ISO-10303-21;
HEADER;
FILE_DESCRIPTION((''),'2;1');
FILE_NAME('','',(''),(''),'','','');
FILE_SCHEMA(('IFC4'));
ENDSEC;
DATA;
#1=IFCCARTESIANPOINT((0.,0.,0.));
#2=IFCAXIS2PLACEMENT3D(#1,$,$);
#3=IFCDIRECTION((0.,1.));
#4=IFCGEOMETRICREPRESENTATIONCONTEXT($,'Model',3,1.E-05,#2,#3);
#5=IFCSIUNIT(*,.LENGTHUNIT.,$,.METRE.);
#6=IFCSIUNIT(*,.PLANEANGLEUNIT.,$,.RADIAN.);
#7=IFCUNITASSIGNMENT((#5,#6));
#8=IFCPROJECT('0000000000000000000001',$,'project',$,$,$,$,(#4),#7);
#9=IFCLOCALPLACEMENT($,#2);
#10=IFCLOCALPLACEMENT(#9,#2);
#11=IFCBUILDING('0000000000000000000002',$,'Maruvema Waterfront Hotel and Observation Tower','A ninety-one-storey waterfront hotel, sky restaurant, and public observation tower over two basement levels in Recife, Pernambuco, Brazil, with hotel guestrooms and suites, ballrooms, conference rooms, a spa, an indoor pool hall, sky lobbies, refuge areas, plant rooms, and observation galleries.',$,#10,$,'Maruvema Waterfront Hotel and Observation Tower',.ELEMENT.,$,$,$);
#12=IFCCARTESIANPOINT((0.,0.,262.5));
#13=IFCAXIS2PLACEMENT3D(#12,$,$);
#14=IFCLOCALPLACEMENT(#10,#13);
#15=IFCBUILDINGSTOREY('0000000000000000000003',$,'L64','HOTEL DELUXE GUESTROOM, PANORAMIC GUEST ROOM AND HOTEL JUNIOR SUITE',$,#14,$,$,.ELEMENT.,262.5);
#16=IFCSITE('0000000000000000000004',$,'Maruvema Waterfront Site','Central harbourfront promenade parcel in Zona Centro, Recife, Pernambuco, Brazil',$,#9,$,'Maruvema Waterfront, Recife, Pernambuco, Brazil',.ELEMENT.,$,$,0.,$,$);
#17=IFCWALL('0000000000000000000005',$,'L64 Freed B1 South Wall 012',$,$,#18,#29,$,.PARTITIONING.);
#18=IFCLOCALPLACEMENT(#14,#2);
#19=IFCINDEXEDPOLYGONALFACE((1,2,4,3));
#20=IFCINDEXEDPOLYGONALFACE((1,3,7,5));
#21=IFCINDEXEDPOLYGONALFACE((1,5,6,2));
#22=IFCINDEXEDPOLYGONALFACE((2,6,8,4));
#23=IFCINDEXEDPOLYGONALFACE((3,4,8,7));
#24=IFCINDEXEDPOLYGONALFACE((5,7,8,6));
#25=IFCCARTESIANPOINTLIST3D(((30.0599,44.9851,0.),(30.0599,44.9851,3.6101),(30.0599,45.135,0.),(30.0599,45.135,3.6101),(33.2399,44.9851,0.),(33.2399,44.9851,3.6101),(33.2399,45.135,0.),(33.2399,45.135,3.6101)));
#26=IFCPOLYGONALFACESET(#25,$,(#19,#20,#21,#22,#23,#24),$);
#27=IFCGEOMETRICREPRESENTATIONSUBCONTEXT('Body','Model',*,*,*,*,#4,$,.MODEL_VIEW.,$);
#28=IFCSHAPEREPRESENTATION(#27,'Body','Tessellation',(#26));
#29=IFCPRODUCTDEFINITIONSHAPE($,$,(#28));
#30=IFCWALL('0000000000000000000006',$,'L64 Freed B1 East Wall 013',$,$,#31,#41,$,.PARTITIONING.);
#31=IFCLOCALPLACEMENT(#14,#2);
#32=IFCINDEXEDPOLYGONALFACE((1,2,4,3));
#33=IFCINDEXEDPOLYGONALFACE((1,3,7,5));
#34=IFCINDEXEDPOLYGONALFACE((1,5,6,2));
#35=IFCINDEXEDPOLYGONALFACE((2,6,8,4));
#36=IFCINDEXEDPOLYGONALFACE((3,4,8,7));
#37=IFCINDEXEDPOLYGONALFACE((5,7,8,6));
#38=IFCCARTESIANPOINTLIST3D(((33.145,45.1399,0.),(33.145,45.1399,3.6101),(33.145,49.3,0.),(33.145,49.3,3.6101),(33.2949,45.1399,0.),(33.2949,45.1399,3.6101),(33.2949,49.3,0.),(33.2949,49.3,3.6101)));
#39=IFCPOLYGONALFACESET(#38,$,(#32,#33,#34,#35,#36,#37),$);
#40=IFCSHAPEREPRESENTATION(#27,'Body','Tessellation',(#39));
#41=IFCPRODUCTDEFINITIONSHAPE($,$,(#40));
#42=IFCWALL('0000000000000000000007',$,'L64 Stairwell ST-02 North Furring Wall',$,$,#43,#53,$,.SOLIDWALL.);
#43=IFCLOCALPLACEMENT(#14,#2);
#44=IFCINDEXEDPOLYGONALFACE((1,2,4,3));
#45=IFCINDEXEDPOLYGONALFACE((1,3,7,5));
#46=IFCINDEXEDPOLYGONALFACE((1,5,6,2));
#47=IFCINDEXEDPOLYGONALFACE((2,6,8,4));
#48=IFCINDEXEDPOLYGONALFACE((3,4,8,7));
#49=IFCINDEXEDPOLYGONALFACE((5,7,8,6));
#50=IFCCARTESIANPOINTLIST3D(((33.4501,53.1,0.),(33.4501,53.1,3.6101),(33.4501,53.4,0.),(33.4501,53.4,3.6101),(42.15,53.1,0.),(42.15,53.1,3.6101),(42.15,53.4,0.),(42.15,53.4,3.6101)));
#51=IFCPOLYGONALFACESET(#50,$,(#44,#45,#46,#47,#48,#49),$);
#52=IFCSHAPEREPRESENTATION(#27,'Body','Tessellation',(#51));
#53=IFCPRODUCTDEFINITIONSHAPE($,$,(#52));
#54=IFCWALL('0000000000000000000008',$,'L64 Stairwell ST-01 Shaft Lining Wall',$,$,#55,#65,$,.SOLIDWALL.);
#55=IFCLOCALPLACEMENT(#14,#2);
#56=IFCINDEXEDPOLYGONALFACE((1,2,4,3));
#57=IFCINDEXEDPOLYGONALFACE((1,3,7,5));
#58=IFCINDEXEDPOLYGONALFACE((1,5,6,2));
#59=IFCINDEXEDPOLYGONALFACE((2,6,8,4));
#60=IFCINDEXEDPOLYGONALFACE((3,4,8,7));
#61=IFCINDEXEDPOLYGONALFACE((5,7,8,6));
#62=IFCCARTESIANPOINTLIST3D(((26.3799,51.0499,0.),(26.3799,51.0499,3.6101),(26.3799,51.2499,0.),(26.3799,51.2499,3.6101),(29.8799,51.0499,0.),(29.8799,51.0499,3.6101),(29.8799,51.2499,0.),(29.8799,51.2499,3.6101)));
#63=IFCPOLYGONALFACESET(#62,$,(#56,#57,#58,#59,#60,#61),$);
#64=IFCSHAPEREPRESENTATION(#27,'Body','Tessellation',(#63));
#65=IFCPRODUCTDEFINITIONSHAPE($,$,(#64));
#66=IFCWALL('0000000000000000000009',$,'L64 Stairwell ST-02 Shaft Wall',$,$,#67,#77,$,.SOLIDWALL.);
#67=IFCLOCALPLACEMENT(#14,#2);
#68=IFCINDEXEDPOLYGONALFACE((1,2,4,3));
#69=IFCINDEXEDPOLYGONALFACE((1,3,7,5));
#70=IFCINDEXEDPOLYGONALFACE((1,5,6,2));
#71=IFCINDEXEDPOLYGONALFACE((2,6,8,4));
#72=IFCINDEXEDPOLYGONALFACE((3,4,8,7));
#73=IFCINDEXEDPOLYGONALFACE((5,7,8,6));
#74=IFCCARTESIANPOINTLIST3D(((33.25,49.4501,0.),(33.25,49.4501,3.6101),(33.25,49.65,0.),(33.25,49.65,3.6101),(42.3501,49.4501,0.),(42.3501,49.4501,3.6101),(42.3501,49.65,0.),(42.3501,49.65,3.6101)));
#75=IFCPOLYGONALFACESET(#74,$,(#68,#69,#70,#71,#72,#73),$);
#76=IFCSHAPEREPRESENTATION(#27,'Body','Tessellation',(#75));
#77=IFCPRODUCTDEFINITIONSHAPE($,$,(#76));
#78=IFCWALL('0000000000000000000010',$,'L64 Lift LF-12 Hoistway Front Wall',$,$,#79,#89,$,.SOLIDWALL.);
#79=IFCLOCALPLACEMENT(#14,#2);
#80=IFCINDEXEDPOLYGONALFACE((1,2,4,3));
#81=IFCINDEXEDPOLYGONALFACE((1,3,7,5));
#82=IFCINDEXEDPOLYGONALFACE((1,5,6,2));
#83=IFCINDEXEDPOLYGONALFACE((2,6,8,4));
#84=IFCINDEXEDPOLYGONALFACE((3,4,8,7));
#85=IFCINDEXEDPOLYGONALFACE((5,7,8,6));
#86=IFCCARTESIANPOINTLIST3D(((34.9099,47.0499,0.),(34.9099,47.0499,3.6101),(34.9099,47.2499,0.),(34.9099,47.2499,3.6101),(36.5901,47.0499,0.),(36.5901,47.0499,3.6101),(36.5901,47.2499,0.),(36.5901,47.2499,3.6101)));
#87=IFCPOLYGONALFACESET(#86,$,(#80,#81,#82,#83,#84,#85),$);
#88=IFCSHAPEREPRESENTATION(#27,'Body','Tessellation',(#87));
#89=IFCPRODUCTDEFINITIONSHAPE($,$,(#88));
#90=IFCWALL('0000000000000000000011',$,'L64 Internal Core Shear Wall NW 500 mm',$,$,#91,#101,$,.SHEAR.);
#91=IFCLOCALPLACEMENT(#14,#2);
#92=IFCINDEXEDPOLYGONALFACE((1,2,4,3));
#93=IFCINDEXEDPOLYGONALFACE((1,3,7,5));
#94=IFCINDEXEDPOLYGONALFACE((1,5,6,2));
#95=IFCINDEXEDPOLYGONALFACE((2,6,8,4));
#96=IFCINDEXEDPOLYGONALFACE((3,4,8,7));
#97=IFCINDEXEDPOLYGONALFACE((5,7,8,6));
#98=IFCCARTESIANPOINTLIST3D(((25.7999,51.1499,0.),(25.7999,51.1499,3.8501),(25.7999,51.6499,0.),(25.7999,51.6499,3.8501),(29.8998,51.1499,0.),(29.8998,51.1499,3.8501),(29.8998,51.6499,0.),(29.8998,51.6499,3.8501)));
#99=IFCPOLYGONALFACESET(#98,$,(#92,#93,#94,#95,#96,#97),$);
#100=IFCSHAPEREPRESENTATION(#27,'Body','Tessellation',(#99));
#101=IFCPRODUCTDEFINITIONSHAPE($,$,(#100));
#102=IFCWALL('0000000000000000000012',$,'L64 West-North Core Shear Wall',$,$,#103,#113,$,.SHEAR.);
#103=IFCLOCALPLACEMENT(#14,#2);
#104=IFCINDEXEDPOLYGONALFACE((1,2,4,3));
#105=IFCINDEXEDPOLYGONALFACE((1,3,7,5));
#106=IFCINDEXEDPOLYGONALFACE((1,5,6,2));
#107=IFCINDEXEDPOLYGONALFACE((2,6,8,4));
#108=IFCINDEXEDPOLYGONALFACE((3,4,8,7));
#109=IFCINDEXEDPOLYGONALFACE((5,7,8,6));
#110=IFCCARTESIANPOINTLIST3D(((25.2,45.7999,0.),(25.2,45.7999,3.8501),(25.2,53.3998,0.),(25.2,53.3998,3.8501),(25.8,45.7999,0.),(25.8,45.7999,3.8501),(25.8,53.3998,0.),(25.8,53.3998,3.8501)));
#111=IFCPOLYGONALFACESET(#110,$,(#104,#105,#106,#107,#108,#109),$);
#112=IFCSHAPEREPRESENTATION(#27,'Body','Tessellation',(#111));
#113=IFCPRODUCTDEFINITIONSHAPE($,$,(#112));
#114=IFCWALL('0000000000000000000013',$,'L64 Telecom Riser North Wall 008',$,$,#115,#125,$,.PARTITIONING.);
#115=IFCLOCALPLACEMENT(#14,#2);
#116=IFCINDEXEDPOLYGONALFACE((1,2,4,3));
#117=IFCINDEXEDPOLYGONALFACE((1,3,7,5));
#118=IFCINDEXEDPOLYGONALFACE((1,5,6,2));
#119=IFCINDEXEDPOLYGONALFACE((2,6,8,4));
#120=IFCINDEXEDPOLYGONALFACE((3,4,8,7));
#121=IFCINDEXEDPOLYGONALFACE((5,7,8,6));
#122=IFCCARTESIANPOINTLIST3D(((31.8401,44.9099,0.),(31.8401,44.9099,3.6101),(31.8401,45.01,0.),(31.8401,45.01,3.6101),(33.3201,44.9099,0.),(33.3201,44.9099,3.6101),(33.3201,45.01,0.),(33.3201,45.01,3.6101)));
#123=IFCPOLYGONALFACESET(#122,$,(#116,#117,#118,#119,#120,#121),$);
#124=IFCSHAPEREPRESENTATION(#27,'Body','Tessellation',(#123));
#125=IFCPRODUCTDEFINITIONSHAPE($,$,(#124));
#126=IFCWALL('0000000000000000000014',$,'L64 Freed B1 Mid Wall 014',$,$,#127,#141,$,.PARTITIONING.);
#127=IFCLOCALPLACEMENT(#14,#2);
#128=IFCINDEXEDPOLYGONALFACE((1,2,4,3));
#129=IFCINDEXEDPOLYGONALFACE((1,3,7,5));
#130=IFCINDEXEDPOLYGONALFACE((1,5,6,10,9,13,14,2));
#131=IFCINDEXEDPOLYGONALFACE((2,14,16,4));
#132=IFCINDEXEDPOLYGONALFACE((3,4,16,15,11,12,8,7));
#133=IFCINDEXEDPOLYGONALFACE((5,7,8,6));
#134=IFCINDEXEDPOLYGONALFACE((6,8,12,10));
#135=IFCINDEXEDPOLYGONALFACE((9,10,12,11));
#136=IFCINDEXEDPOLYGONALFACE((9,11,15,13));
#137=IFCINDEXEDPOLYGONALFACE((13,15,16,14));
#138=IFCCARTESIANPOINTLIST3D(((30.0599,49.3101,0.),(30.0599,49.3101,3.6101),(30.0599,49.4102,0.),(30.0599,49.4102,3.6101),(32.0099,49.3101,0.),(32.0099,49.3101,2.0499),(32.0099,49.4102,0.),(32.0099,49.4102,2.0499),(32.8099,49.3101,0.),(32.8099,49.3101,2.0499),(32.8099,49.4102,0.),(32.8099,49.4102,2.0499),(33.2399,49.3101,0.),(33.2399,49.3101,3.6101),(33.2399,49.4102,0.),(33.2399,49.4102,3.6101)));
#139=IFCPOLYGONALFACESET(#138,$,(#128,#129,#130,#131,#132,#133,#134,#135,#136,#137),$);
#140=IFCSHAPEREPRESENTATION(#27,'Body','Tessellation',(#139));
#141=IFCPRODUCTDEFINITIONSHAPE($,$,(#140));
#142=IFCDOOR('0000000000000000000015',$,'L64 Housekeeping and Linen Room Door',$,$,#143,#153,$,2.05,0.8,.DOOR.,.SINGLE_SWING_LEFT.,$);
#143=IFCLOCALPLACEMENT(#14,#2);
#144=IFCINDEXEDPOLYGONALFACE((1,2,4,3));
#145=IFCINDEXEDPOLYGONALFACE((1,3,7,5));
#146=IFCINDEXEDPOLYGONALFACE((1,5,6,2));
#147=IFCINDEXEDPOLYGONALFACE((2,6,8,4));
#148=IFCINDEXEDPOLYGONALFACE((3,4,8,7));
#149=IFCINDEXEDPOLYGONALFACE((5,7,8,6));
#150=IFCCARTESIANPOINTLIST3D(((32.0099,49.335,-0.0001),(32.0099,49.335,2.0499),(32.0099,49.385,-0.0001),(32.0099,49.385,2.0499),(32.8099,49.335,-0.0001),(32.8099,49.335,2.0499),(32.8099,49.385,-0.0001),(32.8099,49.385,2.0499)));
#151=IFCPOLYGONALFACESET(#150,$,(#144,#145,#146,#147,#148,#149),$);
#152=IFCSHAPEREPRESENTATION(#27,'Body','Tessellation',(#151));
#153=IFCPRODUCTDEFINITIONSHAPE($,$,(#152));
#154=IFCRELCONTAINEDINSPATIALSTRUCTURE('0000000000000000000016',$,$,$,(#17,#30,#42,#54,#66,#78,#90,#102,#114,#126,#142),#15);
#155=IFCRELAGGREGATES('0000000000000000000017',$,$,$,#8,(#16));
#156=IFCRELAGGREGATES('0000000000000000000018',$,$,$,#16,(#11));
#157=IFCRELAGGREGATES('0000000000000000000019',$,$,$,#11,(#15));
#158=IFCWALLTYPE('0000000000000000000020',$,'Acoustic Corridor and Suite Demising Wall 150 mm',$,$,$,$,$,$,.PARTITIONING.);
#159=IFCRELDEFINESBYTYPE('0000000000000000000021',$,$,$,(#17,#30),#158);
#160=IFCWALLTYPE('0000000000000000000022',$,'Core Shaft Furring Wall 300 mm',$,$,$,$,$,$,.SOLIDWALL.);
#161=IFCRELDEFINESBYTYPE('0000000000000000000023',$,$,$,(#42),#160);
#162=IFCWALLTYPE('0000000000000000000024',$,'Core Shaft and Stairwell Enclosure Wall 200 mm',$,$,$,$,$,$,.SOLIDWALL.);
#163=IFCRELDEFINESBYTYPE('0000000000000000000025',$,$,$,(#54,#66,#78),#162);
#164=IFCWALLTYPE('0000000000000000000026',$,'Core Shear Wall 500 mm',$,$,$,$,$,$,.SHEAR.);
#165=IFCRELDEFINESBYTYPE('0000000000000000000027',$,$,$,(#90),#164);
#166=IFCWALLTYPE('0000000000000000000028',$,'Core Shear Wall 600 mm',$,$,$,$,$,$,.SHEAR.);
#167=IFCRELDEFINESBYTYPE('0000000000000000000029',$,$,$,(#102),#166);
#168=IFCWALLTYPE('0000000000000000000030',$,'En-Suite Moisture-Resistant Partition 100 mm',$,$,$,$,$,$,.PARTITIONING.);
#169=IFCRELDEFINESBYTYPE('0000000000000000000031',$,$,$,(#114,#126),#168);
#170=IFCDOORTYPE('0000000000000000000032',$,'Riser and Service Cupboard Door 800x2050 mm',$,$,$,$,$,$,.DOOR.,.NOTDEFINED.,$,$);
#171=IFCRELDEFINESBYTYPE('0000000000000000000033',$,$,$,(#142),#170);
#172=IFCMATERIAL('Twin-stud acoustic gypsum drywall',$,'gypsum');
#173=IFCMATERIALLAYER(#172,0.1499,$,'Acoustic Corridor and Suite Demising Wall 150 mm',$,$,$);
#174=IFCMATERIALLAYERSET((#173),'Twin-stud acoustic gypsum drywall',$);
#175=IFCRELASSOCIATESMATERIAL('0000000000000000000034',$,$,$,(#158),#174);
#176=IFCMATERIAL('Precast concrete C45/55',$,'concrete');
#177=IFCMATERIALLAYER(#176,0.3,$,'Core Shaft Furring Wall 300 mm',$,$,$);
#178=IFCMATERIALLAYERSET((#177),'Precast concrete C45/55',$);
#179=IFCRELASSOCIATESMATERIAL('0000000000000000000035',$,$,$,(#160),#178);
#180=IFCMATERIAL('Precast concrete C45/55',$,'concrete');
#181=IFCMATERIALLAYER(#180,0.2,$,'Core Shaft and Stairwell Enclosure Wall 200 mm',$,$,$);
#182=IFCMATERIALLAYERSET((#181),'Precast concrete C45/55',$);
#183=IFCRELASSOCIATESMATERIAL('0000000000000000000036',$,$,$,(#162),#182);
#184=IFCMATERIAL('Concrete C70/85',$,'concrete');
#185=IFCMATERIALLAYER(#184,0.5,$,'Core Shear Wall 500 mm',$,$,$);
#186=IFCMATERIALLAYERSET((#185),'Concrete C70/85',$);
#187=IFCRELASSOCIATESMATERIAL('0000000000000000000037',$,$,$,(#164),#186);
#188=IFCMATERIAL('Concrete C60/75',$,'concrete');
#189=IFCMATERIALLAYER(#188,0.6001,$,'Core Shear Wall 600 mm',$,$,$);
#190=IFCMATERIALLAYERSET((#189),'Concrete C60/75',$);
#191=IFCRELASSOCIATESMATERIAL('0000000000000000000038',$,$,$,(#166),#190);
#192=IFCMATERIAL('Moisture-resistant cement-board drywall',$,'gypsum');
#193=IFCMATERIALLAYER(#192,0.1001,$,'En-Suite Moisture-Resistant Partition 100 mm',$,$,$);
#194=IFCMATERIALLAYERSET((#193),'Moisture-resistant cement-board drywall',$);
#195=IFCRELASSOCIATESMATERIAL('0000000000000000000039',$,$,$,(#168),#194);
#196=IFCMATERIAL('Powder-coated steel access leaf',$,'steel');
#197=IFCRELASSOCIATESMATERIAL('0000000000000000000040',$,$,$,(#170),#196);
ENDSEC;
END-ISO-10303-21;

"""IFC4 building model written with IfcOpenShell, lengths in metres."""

from ifc_helpers import new_model, si_unit, direction, frame, frame_2d, origin, place, context, subcontext, project, spatial, rectangle, extrude, material, layer, layer_set, type_object, element, fill, save


model = new_model("IFC4")

# Units and contexts
model_context = context("Model", 3, precision=1e-05, world=origin(), true_north=direction((0.0, 1.0)))
body_context = subcontext(model_context, "Body", "Model", "MODEL_VIEW")
ifc_project = project(units=[si_unit("LENGTHUNIT", "METRE"), si_unit("PLANEANGLEUNIT", "RADIAN")], contexts=[model_context])

# Site, building, storey
site_placement = place(None, origin())
site = spatial("IfcSite", under=ifc_project, at=site_placement, Name="Maruvema Waterfront Site", Description="Central harbourfront promenade parcel in Zona Centro, Recife, Pernambuco, Brazil", LongName="Maruvema Waterfront, Recife, Pernambuco, Brazil", CompositionType="ELEMENT", RefElevation=0.0)
building_placement = place(site_placement, origin())
building = spatial("IfcBuilding", under=site, at=building_placement, Name="Maruvema Waterfront Hotel and Observation Tower", Description="A ninety-one-storey waterfront hotel, sky restaurant, and public observation tower over two basement levels in Recife, Pernambuco, Brazil, with hotel guestrooms and suites, ballrooms, conference rooms, a spa, an indoor pool hall, sky lobbies, refuge areas, plant rooms, and observation galleries.", LongName="Maruvema Waterfront Hotel and Observation Tower", CompositionType="ELEMENT")
storey_placement = place(building_placement, frame((0.0, 0.0, 262.5)))
storey = spatial("IfcBuildingStorey", under=building, at=storey_placement, Name="L64", Description="HOTEL DELUXE GUESTROOM, PANORAMIC GUEST ROOM AND HOTEL JUNIOR SUITE", CompositionType="ELEMENT", Elevation=262.5)

# Walls
ifc_material_1 = material(Name="Twin-stud acoustic gypsum drywall", Category="gypsum")
ifc_layer_1 = layer(ifc_material_1, 0.1499, Name="Acoustic Corridor and Suite Demising Wall 150 mm")
ifc_layer_set_1 = layer_set([ifc_layer_1], Name="Twin-stud acoustic gypsum drywall")
wall_type_1 = type_object("IfcWallType", Name="Acoustic Corridor and Suite Demising Wall 150 mm", PredefinedType="PARTITIONING", material=ifc_layer_set_1)
wall_1_placement = place(storey_placement, frame((30.0601, 45.0601, 0.0), z_axis=(0.0, 0.0, 1.0), x_axis=(1.0, 0.0, 0.0)))
element("IfcWall", 1, at=wall_1_placement, inside=storey, type_object=wall_type_1, Name="L64 Freed B1 South Wall 012", PredefinedType="PARTITIONING", context=body_context, shape_type="SweptSolid", body=[
    extrude(rectangle(XDim=3.1799, YDim=0.1499, at=frame_2d((1.5898, 0.0))), origin(), (0.0, 0.0, 1.0), 3.6101),
])
wall_2_placement = place(storey_placement, frame((33.22, 45.1399, 0.0), z_axis=(0.0, 0.0, 1.0), x_axis=(0.0, 1.0, 0.0)))
element("IfcWall", 2, at=wall_2_placement, inside=storey, type_object=wall_type_1, Name="L64 Freed B1 East Wall 013", PredefinedType="PARTITIONING", context=body_context, shape_type="SweptSolid", body=[
    extrude(rectangle(XDim=4.1602, YDim=0.1499, at=frame_2d((2.0801, 0.0))), origin(), (0.0, 0.0, 1.0), 3.6101),
])
ifc_material_2 = material(Name="Precast concrete C45/55", Category="concrete")
ifc_layer_2 = layer(ifc_material_2, 0.3, Name="Core Shaft Furring Wall 300 mm")
ifc_layer_set_2 = layer_set([ifc_layer_2], Name="Precast concrete C45/55")
wall_type_2 = type_object("IfcWallType", Name="Core Shaft Furring Wall 300 mm", PredefinedType="SOLIDWALL", material=ifc_layer_set_2)
wall_3_placement = place(storey_placement, frame((33.45, 53.25, 0.0), z_axis=(0.0, 0.0, 1.0), x_axis=(1.0, 0.0, 0.0)))
element("IfcWall", 3, at=wall_3_placement, inside=storey, type_object=wall_type_2, Name="L64 Stairwell ST-02 North Furring Wall", PredefinedType="SOLIDWALL", context=body_context, shape_type="SweptSolid", body=[
    extrude(rectangle(XDim=8.7, YDim=0.3, at=frame_2d((4.3501, 0.0))), origin(), (0.0, 0.0, 1.0), 3.6101),
])
ifc_material_3 = material(Name="Precast concrete C45/55", Category="concrete")
ifc_layer_3 = layer(ifc_material_3, 0.2, Name="Core Shaft and Stairwell Enclosure Wall 200 mm")
ifc_layer_set_3 = layer_set([ifc_layer_3], Name="Precast concrete C45/55")
wall_type_3 = type_object("IfcWallType", Name="Core Shaft and Stairwell Enclosure Wall 200 mm", PredefinedType="SOLIDWALL", material=ifc_layer_set_3)
wall_4_placement = place(storey_placement, frame((26.3799, 51.1499, 0.0), z_axis=(0.0, 0.0, 1.0), x_axis=(1.0, 0.0, 0.0)))
element("IfcWall", 4, at=wall_4_placement, inside=storey, type_object=wall_type_3, Name="L64 Stairwell ST-01 Shaft Lining Wall", PredefinedType="SOLIDWALL", context=body_context, shape_type="SweptSolid", body=[
    extrude(rectangle(XDim=3.5, YDim=0.2, at=frame_2d((1.75, 0.0))), origin(), (0.0, 0.0, 1.0), 3.6101),
])
wall_5_placement = place(storey_placement, frame((33.25, 49.55, 0.0), z_axis=(0.0, 0.0, 1.0), x_axis=(1.0, 0.0, 0.0)))
element("IfcWall", 5, at=wall_5_placement, inside=storey, type_object=wall_type_3, Name="L64 Stairwell ST-02 Shaft Wall", PredefinedType="SOLIDWALL", context=body_context, shape_type="SweptSolid", body=[
    extrude(rectangle(XDim=9.1001, YDim=0.2, at=frame_2d((4.55, 0.0))), origin(), (0.0, 0.0, 1.0), 3.6101),
])

# Walls
wall_6_placement = place(storey_placement, frame((34.9099, 47.1499, 0.0), z_axis=(0.0, 0.0, 1.0), x_axis=(1.0, 0.0, 0.0)))
element("IfcWall", 6, at=wall_6_placement, inside=storey, type_object=wall_type_3, Name="L64 Lift LF-12 Hoistway Front Wall", PredefinedType="SOLIDWALL", context=body_context, shape_type="SweptSolid", body=[
    extrude(rectangle(XDim=1.6802, YDim=0.2, at=frame_2d((0.8401, 0.0))), origin(), (0.0, 0.0, 1.0), 3.6101),
])
ifc_material_4 = material(Name="Concrete C70/85", Category="concrete")
ifc_layer_4 = layer(ifc_material_4, 0.5, Name="Core Shear Wall 500 mm")
ifc_layer_set_4 = layer_set([ifc_layer_4], Name="Concrete C70/85")
wall_type_4 = type_object("IfcWallType", Name="Core Shear Wall 500 mm", PredefinedType="SHEAR", material=ifc_layer_set_4)
wall_7_placement = place(storey_placement, frame((25.8, 51.3999, 0.0), z_axis=(0.0, 0.0, 1.0), x_axis=(1.0, 0.0, 0.0)))
element("IfcWall", 7, at=wall_7_placement, inside=storey, type_object=wall_type_4, Name="L64 Internal Core Shear Wall NW 500 mm", PredefinedType="SHEAR", context=body_context, shape_type="SweptSolid", body=[
    extrude(rectangle(XDim=4.0999, YDim=0.5, at=frame_2d((2.0498, 0.0))), origin(), (0.0, 0.0, 1.0), 3.8501),
])
ifc_material_5 = material(Name="Concrete C60/75", Category="concrete")
ifc_layer_5 = layer(ifc_material_5, 0.6001, Name="Core Shear Wall 600 mm")
ifc_layer_set_5 = layer_set([ifc_layer_5], Name="Concrete C60/75")
wall_type_5 = type_object("IfcWallType", Name="Core Shear Wall 600 mm", PredefinedType="SHEAR", material=ifc_layer_set_5)
wall_8_placement = place(storey_placement, frame((25.5, 45.8, 0.0), z_axis=(0.0, 0.0, 1.0), x_axis=(0.0, 1.0, 0.0)))
element("IfcWall", 8, at=wall_8_placement, inside=storey, type_object=wall_type_5, Name="L64 West-North Core Shear Wall", PredefinedType="SHEAR", context=body_context, shape_type="SweptSolid", body=[
    extrude(rectangle(XDim=7.5999, YDim=0.6001, at=frame_2d((3.7998, 0.0))), origin(), (0.0, 0.0, 1.0), 3.8501),
])
ifc_material_6 = material(Name="Moisture-resistant cement-board drywall", Category="gypsum")
ifc_layer_6 = layer(ifc_material_6, 0.1001, Name="En-Suite Moisture-Resistant Partition 100 mm")
ifc_layer_set_6 = layer_set([ifc_layer_6], Name="Moisture-resistant cement-board drywall")
wall_type_6 = type_object("IfcWallType", Name="En-Suite Moisture-Resistant Partition 100 mm", PredefinedType="PARTITIONING", material=ifc_layer_set_6)
wall_9_placement = place(storey_placement, frame((31.8401, 44.96, 0.0), z_axis=(0.0, 0.0, 1.0), x_axis=(1.0, 0.0, 0.0)))
element("IfcWall", 9, at=wall_9_placement, inside=storey, type_object=wall_type_6, Name="L64 Telecom Riser North Wall 008", PredefinedType="PARTITIONING", context=body_context, shape_type="SweptSolid", body=[
    extrude(rectangle(XDim=1.48, YDim=0.1001, at=frame_2d((0.74, 0.0))), origin(), (0.0, 0.0, 1.0), 3.6101),
])

# Wall, opening, door
wall_10_placement = place(storey_placement, frame((30.0601, 49.3601, 0.0), z_axis=(0.0, 0.0, 1.0), x_axis=(1.0, 0.0, 0.0)))
wall_10 = element("IfcWall", 10, at=wall_10_placement, inside=storey, type_object=wall_type_6, Name="L64 Freed B1 Mid Wall 014", PredefinedType="PARTITIONING", context=body_context, shape_type="SweptSolid", body=[
    extrude(rectangle(XDim=3.1799, YDim=0.1001, at=frame_2d((1.5898, 0.0))), origin(), (0.0, 0.0, 1.0), 3.6101),
])
opening_1_placement = place(wall_10_placement, frame((1.95, 0.0, 0.0)))
opening_1 = element("IfcOpeningElement", 11, at=opening_1_placement, cuts=wall_10, PredefinedType="OPENING", context=body_context, shape_type="SweptSolid", body=[
    extrude(rectangle(XDim=0.8, YDim=2.05, at=frame_2d((0.3999, 1.0249))), frame((0.0, 0.0601, 0.0), z_axis=(0.0, -1.0, 0.0), x_axis=(1.0, 0.0, 0.0)), (0.0, 0.0, 1.0), 0.1201),
])
ifc_material_7 = material(Name="Powder-coated steel access leaf", Category="steel")
door_type_1 = type_object("IfcDoorType", Name="Riser and Service Cupboard Door 800x2050 mm", OperationType="NOTDEFINED", PredefinedType="DOOR", material=ifc_material_7)
door_1_placement = place(opening_1_placement, origin())
door_1 = element("IfcDoor", 12, at=door_1_placement, inside=storey, type_object=door_type_1, Name="L64 Housekeeping and Linen Room Door", OperationType="SINGLE_SWING_LEFT", OverallHeight=2.05, OverallWidth=0.8, PredefinedType="DOOR", context=body_context, shape_type="SweptSolid", body=[
    extrude(rectangle(XDim=0.8, YDim=2.05, at=frame_2d((0.3999, 1.0249))), frame((0.0, 0.0249, 0.0), z_axis=(0.0, -1.0, 0.0), x_axis=(1.0, 0.0, 0.0)), (0.0, 0.0, 1.0), 0.05),
])
fill(opening_1, door_1)

save(model, "model.ifc")
